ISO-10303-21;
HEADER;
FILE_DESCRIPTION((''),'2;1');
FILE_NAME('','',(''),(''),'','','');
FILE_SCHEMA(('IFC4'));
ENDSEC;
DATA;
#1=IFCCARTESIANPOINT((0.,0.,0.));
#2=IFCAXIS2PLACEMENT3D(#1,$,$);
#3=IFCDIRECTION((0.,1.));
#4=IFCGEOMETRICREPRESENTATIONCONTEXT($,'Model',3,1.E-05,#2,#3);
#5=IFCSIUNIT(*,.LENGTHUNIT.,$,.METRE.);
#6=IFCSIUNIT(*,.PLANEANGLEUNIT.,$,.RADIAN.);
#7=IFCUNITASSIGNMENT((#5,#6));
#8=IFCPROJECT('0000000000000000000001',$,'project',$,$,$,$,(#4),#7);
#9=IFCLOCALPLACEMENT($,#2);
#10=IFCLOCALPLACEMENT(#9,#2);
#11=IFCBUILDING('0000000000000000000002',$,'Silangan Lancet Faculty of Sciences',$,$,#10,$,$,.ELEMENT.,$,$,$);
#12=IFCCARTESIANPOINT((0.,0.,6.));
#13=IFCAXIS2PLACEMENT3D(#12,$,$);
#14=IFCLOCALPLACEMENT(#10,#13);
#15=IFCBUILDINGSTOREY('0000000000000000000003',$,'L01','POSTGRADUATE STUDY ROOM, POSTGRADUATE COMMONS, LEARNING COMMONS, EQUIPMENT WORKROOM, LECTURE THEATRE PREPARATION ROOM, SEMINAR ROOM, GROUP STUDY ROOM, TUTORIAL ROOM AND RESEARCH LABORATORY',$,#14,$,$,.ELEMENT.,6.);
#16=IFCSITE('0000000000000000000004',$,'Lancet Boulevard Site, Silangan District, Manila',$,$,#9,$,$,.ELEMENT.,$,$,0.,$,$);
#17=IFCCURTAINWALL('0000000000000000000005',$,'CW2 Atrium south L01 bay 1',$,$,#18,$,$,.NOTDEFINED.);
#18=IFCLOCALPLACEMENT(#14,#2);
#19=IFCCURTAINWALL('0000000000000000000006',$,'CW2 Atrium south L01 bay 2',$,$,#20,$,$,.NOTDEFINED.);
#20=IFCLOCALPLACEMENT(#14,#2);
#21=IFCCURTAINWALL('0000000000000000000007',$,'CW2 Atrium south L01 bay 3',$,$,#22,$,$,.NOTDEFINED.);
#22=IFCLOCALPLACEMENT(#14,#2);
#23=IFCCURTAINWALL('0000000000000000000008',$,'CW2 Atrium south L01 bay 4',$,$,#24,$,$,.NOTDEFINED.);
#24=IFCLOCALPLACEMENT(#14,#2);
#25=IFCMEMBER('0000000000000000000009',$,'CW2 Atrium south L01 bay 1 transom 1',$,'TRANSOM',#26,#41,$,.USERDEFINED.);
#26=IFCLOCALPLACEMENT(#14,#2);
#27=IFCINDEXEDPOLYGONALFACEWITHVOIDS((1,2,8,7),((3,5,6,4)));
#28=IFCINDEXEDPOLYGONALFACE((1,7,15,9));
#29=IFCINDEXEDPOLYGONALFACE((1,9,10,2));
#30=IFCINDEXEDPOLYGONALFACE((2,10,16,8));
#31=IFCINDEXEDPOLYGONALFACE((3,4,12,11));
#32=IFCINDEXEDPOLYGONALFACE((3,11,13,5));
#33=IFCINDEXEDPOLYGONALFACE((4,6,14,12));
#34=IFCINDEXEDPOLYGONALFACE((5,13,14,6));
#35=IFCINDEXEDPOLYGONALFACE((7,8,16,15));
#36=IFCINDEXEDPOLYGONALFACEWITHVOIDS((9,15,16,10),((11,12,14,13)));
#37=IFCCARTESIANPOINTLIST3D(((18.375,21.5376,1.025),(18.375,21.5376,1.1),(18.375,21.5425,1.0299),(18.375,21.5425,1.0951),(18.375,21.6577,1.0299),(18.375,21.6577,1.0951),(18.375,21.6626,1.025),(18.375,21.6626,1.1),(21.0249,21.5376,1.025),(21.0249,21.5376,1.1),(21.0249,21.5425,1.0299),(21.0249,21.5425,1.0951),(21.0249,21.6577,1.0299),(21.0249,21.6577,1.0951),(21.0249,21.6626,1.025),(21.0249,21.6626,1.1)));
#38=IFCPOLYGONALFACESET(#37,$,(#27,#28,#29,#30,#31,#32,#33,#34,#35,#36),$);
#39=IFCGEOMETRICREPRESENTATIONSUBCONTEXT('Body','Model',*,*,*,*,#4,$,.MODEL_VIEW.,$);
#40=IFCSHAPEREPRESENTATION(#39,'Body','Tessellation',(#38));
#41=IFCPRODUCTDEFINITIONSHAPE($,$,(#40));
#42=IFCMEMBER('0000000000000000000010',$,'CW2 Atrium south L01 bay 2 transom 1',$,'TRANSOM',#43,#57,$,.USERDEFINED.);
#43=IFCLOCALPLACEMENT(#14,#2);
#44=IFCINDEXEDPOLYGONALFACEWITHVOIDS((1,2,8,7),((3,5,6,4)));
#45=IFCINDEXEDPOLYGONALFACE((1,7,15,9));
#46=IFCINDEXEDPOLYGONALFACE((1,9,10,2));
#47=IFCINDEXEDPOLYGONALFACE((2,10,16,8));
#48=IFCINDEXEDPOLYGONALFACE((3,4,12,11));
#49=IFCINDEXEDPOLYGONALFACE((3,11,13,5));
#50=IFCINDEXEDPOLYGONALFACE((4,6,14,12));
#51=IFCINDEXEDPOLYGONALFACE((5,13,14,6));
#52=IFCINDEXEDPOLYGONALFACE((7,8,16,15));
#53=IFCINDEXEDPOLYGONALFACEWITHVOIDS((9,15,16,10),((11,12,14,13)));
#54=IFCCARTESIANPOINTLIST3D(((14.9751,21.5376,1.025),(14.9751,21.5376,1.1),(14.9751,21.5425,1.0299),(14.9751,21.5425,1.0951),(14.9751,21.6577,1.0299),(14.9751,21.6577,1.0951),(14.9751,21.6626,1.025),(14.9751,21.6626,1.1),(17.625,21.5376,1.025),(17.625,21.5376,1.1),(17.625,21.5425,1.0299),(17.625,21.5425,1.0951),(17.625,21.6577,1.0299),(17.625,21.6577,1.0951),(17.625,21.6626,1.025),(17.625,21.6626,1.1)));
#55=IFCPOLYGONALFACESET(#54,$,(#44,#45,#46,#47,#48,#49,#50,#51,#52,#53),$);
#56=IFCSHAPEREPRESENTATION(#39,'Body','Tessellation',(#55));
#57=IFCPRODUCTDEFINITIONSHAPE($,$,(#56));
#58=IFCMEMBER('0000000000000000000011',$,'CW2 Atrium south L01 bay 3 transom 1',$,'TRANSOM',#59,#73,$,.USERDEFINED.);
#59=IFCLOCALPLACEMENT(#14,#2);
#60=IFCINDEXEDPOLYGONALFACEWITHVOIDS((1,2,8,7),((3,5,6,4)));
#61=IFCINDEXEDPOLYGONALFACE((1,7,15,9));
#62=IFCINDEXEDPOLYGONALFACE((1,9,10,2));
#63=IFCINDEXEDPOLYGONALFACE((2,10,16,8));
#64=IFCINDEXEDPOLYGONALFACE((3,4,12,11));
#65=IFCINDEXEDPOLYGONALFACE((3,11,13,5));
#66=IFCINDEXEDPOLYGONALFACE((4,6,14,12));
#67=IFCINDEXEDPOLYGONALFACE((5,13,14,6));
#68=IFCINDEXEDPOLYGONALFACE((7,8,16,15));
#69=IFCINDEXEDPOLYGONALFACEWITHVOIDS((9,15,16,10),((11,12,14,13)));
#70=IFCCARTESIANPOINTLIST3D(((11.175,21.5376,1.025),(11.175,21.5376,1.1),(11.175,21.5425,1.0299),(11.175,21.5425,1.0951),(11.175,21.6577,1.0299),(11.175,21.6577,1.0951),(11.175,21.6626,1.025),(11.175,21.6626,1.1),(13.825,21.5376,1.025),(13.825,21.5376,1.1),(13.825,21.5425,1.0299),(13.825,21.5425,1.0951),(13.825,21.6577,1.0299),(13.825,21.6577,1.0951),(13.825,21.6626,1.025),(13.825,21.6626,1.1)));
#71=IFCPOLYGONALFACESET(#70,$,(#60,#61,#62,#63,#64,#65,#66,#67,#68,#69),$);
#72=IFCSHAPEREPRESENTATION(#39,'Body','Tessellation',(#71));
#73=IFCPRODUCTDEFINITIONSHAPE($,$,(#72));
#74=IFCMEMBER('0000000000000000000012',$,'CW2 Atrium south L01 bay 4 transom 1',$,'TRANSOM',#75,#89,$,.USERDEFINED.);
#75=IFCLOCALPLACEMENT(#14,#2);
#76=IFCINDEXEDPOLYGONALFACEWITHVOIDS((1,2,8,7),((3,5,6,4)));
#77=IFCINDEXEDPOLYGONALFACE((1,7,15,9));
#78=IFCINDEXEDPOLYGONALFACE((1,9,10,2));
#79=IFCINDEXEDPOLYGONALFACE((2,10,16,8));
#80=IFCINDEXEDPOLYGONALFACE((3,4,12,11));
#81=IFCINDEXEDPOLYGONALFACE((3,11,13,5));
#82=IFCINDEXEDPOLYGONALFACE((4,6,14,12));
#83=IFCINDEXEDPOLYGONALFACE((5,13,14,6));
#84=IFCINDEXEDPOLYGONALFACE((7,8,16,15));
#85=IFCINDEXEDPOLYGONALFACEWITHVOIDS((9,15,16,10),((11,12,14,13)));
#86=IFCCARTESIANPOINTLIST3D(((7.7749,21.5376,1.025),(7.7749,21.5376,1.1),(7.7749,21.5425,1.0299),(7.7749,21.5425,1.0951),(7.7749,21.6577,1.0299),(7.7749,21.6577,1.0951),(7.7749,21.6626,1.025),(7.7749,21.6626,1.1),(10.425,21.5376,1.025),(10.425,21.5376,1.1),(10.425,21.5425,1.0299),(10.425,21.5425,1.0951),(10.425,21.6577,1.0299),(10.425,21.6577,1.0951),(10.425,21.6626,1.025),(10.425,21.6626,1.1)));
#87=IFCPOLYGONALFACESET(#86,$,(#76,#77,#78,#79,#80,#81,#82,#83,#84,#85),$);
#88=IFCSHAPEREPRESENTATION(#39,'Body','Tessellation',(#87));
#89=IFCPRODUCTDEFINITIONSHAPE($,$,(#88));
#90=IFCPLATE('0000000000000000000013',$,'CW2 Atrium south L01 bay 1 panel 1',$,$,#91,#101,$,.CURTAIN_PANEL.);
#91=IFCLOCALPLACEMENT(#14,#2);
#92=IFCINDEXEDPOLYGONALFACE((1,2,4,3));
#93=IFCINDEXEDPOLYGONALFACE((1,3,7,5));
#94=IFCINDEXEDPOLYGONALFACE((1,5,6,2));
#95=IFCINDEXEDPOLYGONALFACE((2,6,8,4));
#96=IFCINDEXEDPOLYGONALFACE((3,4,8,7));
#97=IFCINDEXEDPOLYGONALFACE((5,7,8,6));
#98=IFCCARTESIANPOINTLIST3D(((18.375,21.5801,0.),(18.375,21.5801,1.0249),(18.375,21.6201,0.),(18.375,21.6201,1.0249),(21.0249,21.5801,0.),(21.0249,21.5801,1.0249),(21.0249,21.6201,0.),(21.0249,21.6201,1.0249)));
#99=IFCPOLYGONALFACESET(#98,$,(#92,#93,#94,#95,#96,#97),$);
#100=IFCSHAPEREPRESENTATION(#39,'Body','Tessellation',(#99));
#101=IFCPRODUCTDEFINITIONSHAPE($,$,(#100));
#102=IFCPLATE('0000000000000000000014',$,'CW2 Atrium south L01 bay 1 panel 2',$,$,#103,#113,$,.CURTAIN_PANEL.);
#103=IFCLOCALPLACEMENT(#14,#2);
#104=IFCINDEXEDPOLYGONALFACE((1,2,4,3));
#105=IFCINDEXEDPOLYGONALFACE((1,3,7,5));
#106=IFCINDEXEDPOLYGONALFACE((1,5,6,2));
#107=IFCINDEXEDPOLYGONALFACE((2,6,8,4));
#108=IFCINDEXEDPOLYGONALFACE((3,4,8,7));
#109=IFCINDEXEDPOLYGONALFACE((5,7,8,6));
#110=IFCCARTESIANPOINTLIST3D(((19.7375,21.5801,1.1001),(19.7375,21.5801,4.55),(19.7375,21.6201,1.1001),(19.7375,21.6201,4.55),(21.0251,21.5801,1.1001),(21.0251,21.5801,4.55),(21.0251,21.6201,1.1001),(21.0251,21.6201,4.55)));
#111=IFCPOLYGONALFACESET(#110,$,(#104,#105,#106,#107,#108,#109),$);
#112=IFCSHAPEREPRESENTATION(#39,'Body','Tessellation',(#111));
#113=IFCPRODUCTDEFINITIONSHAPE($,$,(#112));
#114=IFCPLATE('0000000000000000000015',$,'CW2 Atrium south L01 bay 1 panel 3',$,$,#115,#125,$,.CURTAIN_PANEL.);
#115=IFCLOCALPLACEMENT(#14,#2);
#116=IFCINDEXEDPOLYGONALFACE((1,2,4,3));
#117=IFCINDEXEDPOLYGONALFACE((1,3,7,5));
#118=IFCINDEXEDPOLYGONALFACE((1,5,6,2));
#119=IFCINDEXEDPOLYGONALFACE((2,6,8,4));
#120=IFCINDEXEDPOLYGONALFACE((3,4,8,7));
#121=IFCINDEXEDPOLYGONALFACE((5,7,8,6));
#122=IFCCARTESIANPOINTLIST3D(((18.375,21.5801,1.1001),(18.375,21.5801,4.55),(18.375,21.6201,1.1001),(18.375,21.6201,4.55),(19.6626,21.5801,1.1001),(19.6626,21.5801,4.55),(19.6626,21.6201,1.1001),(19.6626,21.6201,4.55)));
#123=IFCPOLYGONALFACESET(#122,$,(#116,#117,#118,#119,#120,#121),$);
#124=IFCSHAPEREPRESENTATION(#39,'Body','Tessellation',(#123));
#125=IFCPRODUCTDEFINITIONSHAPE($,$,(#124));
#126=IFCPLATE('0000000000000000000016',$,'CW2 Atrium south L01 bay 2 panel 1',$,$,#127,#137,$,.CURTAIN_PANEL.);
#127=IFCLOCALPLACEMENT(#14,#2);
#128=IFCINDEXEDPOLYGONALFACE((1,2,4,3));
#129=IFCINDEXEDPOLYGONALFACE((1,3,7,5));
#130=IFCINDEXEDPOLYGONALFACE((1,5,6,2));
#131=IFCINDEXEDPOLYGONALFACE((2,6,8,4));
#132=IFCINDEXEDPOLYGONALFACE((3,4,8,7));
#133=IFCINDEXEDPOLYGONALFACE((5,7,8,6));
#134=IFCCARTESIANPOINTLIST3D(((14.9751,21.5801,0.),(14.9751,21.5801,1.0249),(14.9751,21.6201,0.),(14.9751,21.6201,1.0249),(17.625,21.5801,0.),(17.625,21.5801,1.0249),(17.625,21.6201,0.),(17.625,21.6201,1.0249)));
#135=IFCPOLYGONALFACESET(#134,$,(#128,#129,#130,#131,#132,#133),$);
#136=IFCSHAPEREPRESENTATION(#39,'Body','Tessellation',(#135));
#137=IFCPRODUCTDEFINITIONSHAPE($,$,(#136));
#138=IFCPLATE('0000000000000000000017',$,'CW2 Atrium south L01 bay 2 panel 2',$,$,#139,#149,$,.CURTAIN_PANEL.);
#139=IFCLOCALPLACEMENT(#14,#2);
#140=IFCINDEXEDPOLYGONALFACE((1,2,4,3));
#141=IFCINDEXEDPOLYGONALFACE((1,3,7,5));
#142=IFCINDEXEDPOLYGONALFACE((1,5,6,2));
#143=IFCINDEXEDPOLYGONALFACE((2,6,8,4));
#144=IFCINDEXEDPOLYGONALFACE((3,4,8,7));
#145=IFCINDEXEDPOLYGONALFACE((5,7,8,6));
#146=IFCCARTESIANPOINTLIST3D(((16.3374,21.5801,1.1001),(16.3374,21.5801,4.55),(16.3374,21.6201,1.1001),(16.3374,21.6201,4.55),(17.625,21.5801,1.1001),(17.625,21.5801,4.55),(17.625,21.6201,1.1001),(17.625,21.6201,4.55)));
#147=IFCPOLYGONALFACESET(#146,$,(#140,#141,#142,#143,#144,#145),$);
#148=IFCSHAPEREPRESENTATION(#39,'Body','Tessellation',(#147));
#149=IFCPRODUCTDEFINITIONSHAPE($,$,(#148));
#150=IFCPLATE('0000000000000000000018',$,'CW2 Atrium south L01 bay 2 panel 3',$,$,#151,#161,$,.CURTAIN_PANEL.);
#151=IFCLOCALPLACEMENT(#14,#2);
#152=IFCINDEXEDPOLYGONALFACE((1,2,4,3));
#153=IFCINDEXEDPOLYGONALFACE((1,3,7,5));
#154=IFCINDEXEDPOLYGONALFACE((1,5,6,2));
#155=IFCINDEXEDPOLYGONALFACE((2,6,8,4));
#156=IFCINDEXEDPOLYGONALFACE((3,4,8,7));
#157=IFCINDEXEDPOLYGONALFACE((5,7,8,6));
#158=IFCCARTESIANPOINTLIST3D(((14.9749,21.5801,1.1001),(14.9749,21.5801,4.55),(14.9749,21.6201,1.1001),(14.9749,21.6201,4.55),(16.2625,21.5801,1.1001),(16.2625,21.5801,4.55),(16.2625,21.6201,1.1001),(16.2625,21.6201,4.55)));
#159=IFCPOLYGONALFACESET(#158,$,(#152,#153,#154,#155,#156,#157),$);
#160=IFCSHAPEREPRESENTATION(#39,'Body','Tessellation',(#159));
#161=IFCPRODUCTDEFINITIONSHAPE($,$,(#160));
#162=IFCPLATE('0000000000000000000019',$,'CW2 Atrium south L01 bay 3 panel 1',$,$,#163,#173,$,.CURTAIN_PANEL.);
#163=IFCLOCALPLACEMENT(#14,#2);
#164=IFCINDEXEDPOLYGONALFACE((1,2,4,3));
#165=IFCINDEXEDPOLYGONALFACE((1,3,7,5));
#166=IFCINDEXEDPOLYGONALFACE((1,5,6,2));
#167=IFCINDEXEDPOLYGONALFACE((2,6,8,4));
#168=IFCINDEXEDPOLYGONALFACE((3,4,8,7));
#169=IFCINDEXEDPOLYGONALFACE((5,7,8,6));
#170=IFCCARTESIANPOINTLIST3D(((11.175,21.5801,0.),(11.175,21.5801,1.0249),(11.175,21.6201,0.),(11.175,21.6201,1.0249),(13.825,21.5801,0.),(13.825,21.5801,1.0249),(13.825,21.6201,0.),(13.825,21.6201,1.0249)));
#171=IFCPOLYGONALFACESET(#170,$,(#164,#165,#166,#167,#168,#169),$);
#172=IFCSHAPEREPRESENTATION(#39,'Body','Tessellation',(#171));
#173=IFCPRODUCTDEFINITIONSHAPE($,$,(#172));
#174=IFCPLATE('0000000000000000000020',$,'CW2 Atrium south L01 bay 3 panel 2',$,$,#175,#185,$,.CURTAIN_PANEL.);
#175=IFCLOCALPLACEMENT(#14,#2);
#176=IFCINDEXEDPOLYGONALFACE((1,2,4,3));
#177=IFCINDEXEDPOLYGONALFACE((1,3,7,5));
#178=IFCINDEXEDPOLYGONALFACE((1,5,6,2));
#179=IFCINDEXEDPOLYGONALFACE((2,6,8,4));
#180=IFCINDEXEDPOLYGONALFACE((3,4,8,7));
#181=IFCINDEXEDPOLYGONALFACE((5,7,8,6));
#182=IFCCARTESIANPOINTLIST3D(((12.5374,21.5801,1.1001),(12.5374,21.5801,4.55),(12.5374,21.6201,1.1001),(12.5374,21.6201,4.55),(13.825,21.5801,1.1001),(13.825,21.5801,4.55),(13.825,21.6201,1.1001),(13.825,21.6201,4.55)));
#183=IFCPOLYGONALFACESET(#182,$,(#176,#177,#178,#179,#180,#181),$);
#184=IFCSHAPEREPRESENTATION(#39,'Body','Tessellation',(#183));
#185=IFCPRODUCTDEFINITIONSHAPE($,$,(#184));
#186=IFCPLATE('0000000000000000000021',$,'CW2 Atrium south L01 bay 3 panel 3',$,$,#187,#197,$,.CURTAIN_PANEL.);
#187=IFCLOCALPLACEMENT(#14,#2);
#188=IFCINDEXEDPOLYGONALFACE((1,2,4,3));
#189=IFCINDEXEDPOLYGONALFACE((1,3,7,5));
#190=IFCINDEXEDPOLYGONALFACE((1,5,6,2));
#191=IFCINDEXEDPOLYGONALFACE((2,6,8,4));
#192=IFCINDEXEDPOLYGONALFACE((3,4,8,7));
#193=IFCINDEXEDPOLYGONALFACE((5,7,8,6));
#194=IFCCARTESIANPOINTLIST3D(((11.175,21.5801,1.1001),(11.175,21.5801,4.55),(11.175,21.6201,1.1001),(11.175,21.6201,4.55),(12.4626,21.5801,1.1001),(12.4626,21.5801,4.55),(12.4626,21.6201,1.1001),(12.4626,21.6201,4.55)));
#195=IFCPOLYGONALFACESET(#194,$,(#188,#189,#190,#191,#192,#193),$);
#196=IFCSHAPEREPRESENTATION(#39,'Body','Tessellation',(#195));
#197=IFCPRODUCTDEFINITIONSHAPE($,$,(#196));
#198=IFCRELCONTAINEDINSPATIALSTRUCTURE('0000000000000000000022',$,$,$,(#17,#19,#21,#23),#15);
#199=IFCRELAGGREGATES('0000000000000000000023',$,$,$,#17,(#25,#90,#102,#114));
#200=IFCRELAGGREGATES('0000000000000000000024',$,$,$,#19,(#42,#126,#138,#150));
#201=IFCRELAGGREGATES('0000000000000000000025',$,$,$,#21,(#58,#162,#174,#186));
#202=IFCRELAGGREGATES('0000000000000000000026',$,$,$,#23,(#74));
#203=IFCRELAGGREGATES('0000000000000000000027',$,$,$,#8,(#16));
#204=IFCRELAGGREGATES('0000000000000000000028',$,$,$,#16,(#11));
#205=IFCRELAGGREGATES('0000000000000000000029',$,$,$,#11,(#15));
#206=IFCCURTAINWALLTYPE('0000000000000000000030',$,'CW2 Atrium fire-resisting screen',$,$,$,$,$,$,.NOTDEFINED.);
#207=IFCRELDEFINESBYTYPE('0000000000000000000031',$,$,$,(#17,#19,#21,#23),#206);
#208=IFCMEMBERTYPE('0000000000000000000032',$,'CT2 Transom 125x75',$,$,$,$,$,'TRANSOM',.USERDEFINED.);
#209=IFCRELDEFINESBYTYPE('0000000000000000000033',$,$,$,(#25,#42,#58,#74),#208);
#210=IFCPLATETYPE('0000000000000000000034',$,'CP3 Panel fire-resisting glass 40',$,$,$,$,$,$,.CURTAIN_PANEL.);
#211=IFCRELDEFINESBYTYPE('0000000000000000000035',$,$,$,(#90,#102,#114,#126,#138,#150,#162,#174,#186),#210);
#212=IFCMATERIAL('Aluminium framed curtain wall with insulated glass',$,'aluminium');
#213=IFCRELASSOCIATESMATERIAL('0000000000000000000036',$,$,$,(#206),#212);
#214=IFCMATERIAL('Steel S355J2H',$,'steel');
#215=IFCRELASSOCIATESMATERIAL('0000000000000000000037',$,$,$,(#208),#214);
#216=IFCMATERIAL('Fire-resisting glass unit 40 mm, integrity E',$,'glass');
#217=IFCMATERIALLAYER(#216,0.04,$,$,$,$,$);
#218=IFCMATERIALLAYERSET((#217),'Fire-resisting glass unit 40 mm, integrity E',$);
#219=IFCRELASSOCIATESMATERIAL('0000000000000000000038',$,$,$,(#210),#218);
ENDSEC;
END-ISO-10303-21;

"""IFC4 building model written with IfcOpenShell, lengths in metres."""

from ifc_helpers import new_model, si_unit, direction, frame, origin, origin_2d, place, context, subcontext, project, spatial, rectangle, hollow_rectangle, extrude, material, layer, layer_set, material_profile, profile_set, type_object, element, aggregate, save


model = new_model("IFC4")

# Units and contexts
model_context = context("Model", 3, precision=1e-05, world=origin(), true_north=direction((0.0, 1.0)))
body_context = subcontext(model_context, "Body", "Model", "MODEL_VIEW")
ifc_project = project(units=[si_unit("LENGTHUNIT", "METRE"), si_unit("PLANEANGLEUNIT", "RADIAN")], contexts=[model_context])

# Site, building, storey
site_placement = place(None, origin())
site = spatial("IfcSite", under=ifc_project, at=site_placement, Name="Lancet Boulevard Site, Silangan District, Manila", CompositionType="ELEMENT", RefElevation=0.0)
building_placement = place(site_placement, origin())
building = spatial("IfcBuilding", under=site, at=building_placement, Name="Silangan Lancet Faculty of Sciences", CompositionType="ELEMENT")
storey_placement = place(building_placement, frame((0.0, 0.0, 6.0)))
storey = spatial("IfcBuildingStorey", under=building, at=storey_placement, Name="L01", Description="POSTGRADUATE STUDY ROOM, POSTGRADUATE COMMONS, LEARNING COMMONS, EQUIPMENT WORKROOM, LECTURE THEATRE PREPARATION ROOM, SEMINAR ROOM, GROUP STUDY ROOM, TUTORIAL ROOM AND RESEARCH LABORATORY", CompositionType="ELEMENT", Elevation=6.0)

# Curtain walls
ifc_material_1 = material(Name="Aluminium framed curtain wall with insulated glass", Category="aluminium")
curtain_wall_type = type_object("IfcCurtainWallType", Name="CW2 Atrium fire-resisting screen", PredefinedType="NOTDEFINED", material=ifc_material_1)
curtain_wall_1_placement = place(storey_placement, origin())
curtain_wall_1 = element("IfcCurtainWall", 1, at=curtain_wall_1_placement, inside=storey, type_object=curtain_wall_type, Name="CW2 Atrium south L01 bay 1", PredefinedType="NOTDEFINED")
curtain_wall_2_placement = place(storey_placement, origin())
curtain_wall_2 = element("IfcCurtainWall", 2, at=curtain_wall_2_placement, inside=storey, type_object=curtain_wall_type, Name="CW2 Atrium south L01 bay 2", PredefinedType="NOTDEFINED")
curtain_wall_3_placement = place(storey_placement, origin())
curtain_wall_3 = element("IfcCurtainWall", 3, at=curtain_wall_3_placement, inside=storey, type_object=curtain_wall_type, Name="CW2 Atrium south L01 bay 3", PredefinedType="NOTDEFINED")

# Curtain wall
curtain_wall_4_placement = place(storey_placement, origin())
curtain_wall_4 = element("IfcCurtainWall", 4, at=curtain_wall_4_placement, inside=storey, type_object=curtain_wall_type, Name="CW2 Atrium south L01 bay 4", PredefinedType="NOTDEFINED")

# Members
ifc_material_2 = material(Name="Steel S355J2H", Category="steel")
ifc_material_profile_1 = material_profile(ifc_material_2, hollow_rectangle(XDim=0.125, YDim=0.075, WallThickness=0.0049, at=origin_2d()), Name="ST BOX 125x75x5")
ifc_profile_set_1 = profile_set([ifc_material_profile_1], Name="Steel S355J2H")
member_type_1 = type_object("IfcMemberType", Name="CT2 Transom 125x75", ElementType="TRANSOM", PredefinedType="USERDEFINED", material=ifc_profile_set_1)
member_1_placement = place(storey_placement, frame((21.0249, 21.6001, 1.0625), z_axis=(-1.0, 0.0, 0.0), x_axis=(0.0, -1.0, 0.0)))
member_1 = element("IfcMember", 5, at=member_1_placement, type_object=member_type_1, Name="CW2 Atrium south L01 bay 1 transom 1", ObjectType="TRANSOM", PredefinedType="USERDEFINED", context=body_context, shape_type="SweptSolid", body=[
    extrude(hollow_rectangle(XDim=0.125, YDim=0.075, WallThickness=0.0049, at=origin_2d()), origin(), (0.0, 0.0, 1.0), 2.6499),
])
member_2_placement = place(storey_placement, frame((17.625, 21.6001, 1.0625), z_axis=(-1.0, 0.0, 0.0), x_axis=(0.0, -1.0, 0.0)))
member_2 = element("IfcMember", 6, at=member_2_placement, type_object=member_type_1, Name="CW2 Atrium south L01 bay 2 transom 1", ObjectType="TRANSOM", PredefinedType="USERDEFINED", context=body_context, shape_type="SweptSolid", body=[
    extrude(hollow_rectangle(XDim=0.125, YDim=0.075, WallThickness=0.0049, at=origin_2d()), origin(), (0.0, 0.0, 1.0), 2.6499),
])
member_3_placement = place(storey_placement, frame((13.825, 21.6001, 1.0625), z_axis=(-1.0, 0.0, 0.0), x_axis=(0.0, -1.0, 0.0)))
member_3 = element("IfcMember", 7, at=member_3_placement, type_object=member_type_1, Name="CW2 Atrium south L01 bay 3 transom 1", ObjectType="TRANSOM", PredefinedType="USERDEFINED", context=body_context, shape_type="SweptSolid", body=[
    extrude(hollow_rectangle(XDim=0.125, YDim=0.075, WallThickness=0.0049, at=origin_2d()), origin(), (0.0, 0.0, 1.0), 2.6499),
])
member_4_placement = place(storey_placement, frame((10.425, 21.6001, 1.0625), z_axis=(-1.0, 0.0, 0.0), x_axis=(0.0, -1.0, 0.0)))
member_4 = element("IfcMember", 8, at=member_4_placement, type_object=member_type_1, Name="CW2 Atrium south L01 bay 4 transom 1", ObjectType="TRANSOM", PredefinedType="USERDEFINED", context=body_context, shape_type="SweptSolid", body=[
    extrude(hollow_rectangle(XDim=0.125, YDim=0.075, WallThickness=0.0049, at=origin_2d()), origin(), (0.0, 0.0, 1.0), 2.6501),
])

# Plates
ifc_material_3 = material(Name="Fire-resisting glass unit 40 mm, integrity E", Category="glass")
ifc_layer = layer(ifc_material_3, 0.04)
ifc_layer_set = layer_set([ifc_layer], Name="Fire-resisting glass unit 40 mm, integrity E")
plate_type = type_object("IfcPlateType", Name="CP3 Panel fire-resisting glass 40", PredefinedType="CURTAIN_PANEL", material=ifc_layer_set)
plate_1_placement = place(storey_placement, frame((19.7, 21.6001, 0.0), z_axis=(0.0, 0.0, 1.0), x_axis=(-1.0, 0.0, 0.0)))
plate_1 = element("IfcPlate", 9, at=plate_1_placement, type_object=plate_type, Name="CW2 Atrium south L01 bay 1 panel 1", PredefinedType="CURTAIN_PANEL", context=body_context, shape_type="SweptSolid", body=[
    extrude(rectangle(XDim=2.6499, YDim=0.04, at=origin_2d()), origin(), (0.0, 0.0, 1.0), 1.0249),
])
plate_2_placement = place(storey_placement, frame((20.3813, 21.6001, 1.1001), z_axis=(0.0, 0.0, 1.0), x_axis=(-1.0, 0.0, 0.0)))
plate_2 = element("IfcPlate", 10, at=plate_2_placement, type_object=plate_type, Name="CW2 Atrium south L01 bay 1 panel 2", PredefinedType="CURTAIN_PANEL", context=body_context, shape_type="SweptSolid", body=[
    extrude(rectangle(XDim=1.2876, YDim=0.04, at=origin_2d()), origin(), (0.0, 0.0, 1.0), 3.45),
])
plate_3_placement = place(storey_placement, frame((19.0188, 21.6001, 1.1001), z_axis=(0.0, 0.0, 1.0), x_axis=(-1.0, 0.0, 0.0)))
plate_3 = element("IfcPlate", 11, at=plate_3_placement, type_object=plate_type, Name="CW2 Atrium south L01 bay 1 panel 3", PredefinedType="CURTAIN_PANEL", context=body_context, shape_type="SweptSolid", body=[
    extrude(rectangle(XDim=1.2876, YDim=0.04, at=origin_2d()), origin(), (0.0, 0.0, 1.0), 3.45),
])
aggregate(curtain_wall_1, [member_1, plate_1, plate_2, plate_3])
plate_4_placement = place(storey_placement, frame((16.3, 21.6001, 0.0), z_axis=(0.0, 0.0, 1.0), x_axis=(-1.0, 0.0, 0.0)))
plate_4 = element("IfcPlate", 12, at=plate_4_placement, type_object=plate_type, Name="CW2 Atrium south L01 bay 2 panel 1", PredefinedType="CURTAIN_PANEL", context=body_context, shape_type="SweptSolid", body=[
    extrude(rectangle(XDim=2.6499, YDim=0.04, at=origin_2d()), origin(), (0.0, 0.0, 1.0), 1.0249),
])
plate_5_placement = place(storey_placement, frame((16.9812, 21.6001, 1.1001), z_axis=(0.0, 0.0, 1.0), x_axis=(-1.0, 0.0, 0.0)))
plate_5 = element("IfcPlate", 13, at=plate_5_placement, type_object=plate_type, Name="CW2 Atrium south L01 bay 2 panel 2", PredefinedType="CURTAIN_PANEL", context=body_context, shape_type="SweptSolid", body=[
    extrude(rectangle(XDim=1.2876, YDim=0.04, at=origin_2d()), origin(), (0.0, 0.0, 1.0), 3.45),
])
plate_6_placement = place(storey_placement, frame((15.6187, 21.6001, 1.1001), z_axis=(0.0, 0.0, 1.0), x_axis=(-1.0, 0.0, 0.0)))
plate_6 = element("IfcPlate", 14, at=plate_6_placement, type_object=plate_type, Name="CW2 Atrium south L01 bay 2 panel 3", PredefinedType="CURTAIN_PANEL", context=body_context, shape_type="SweptSolid", body=[
    extrude(rectangle(XDim=1.2876, YDim=0.04, at=origin_2d()), origin(), (0.0, 0.0, 1.0), 3.45),
])
aggregate(curtain_wall_2, [member_2, plate_4, plate_5, plate_6])
plate_7_placement = place(storey_placement, frame((12.5, 21.6001, 0.0), z_axis=(0.0, 0.0, 1.0), x_axis=(-1.0, 0.0, 0.0)))
plate_7 = element("IfcPlate", 15, at=plate_7_placement, type_object=plate_type, Name="CW2 Atrium south L01 bay 3 panel 1", PredefinedType="CURTAIN_PANEL", context=body_context, shape_type="SweptSolid", body=[
    extrude(rectangle(XDim=2.6499, YDim=0.04, at=origin_2d()), origin(), (0.0, 0.0, 1.0), 1.0249),
])
plate_8_placement = place(storey_placement, frame((13.1812, 21.6001, 1.1001), z_axis=(0.0, 0.0, 1.0), x_axis=(-1.0, 0.0, 0.0)))
plate_8 = element("IfcPlate", 16, at=plate_8_placement, type_object=plate_type, Name="CW2 Atrium south L01 bay 3 panel 2", PredefinedType="CURTAIN_PANEL", context=body_context, shape_type="SweptSolid", body=[
    extrude(rectangle(XDim=1.2876, YDim=0.04, at=origin_2d()), origin(), (0.0, 0.0, 1.0), 3.45),
])
plate_9_placement = place(storey_placement, frame((11.8188, 21.6001, 1.1001), z_axis=(0.0, 0.0, 1.0), x_axis=(-1.0, 0.0, 0.0)))
plate_9 = element("IfcPlate", 17, at=plate_9_placement, type_object=plate_type, Name="CW2 Atrium south L01 bay 3 panel 3", PredefinedType="CURTAIN_PANEL", context=body_context, shape_type="SweptSolid", body=[
    extrude(rectangle(XDim=1.2876, YDim=0.04, at=origin_2d()), origin(), (0.0, 0.0, 1.0), 3.45),
])
aggregate(curtain_wall_3, [member_3, plate_7, plate_8, plate_9])
aggregate(curtain_wall_4, [member_4])

save(model, "model.ifc")
